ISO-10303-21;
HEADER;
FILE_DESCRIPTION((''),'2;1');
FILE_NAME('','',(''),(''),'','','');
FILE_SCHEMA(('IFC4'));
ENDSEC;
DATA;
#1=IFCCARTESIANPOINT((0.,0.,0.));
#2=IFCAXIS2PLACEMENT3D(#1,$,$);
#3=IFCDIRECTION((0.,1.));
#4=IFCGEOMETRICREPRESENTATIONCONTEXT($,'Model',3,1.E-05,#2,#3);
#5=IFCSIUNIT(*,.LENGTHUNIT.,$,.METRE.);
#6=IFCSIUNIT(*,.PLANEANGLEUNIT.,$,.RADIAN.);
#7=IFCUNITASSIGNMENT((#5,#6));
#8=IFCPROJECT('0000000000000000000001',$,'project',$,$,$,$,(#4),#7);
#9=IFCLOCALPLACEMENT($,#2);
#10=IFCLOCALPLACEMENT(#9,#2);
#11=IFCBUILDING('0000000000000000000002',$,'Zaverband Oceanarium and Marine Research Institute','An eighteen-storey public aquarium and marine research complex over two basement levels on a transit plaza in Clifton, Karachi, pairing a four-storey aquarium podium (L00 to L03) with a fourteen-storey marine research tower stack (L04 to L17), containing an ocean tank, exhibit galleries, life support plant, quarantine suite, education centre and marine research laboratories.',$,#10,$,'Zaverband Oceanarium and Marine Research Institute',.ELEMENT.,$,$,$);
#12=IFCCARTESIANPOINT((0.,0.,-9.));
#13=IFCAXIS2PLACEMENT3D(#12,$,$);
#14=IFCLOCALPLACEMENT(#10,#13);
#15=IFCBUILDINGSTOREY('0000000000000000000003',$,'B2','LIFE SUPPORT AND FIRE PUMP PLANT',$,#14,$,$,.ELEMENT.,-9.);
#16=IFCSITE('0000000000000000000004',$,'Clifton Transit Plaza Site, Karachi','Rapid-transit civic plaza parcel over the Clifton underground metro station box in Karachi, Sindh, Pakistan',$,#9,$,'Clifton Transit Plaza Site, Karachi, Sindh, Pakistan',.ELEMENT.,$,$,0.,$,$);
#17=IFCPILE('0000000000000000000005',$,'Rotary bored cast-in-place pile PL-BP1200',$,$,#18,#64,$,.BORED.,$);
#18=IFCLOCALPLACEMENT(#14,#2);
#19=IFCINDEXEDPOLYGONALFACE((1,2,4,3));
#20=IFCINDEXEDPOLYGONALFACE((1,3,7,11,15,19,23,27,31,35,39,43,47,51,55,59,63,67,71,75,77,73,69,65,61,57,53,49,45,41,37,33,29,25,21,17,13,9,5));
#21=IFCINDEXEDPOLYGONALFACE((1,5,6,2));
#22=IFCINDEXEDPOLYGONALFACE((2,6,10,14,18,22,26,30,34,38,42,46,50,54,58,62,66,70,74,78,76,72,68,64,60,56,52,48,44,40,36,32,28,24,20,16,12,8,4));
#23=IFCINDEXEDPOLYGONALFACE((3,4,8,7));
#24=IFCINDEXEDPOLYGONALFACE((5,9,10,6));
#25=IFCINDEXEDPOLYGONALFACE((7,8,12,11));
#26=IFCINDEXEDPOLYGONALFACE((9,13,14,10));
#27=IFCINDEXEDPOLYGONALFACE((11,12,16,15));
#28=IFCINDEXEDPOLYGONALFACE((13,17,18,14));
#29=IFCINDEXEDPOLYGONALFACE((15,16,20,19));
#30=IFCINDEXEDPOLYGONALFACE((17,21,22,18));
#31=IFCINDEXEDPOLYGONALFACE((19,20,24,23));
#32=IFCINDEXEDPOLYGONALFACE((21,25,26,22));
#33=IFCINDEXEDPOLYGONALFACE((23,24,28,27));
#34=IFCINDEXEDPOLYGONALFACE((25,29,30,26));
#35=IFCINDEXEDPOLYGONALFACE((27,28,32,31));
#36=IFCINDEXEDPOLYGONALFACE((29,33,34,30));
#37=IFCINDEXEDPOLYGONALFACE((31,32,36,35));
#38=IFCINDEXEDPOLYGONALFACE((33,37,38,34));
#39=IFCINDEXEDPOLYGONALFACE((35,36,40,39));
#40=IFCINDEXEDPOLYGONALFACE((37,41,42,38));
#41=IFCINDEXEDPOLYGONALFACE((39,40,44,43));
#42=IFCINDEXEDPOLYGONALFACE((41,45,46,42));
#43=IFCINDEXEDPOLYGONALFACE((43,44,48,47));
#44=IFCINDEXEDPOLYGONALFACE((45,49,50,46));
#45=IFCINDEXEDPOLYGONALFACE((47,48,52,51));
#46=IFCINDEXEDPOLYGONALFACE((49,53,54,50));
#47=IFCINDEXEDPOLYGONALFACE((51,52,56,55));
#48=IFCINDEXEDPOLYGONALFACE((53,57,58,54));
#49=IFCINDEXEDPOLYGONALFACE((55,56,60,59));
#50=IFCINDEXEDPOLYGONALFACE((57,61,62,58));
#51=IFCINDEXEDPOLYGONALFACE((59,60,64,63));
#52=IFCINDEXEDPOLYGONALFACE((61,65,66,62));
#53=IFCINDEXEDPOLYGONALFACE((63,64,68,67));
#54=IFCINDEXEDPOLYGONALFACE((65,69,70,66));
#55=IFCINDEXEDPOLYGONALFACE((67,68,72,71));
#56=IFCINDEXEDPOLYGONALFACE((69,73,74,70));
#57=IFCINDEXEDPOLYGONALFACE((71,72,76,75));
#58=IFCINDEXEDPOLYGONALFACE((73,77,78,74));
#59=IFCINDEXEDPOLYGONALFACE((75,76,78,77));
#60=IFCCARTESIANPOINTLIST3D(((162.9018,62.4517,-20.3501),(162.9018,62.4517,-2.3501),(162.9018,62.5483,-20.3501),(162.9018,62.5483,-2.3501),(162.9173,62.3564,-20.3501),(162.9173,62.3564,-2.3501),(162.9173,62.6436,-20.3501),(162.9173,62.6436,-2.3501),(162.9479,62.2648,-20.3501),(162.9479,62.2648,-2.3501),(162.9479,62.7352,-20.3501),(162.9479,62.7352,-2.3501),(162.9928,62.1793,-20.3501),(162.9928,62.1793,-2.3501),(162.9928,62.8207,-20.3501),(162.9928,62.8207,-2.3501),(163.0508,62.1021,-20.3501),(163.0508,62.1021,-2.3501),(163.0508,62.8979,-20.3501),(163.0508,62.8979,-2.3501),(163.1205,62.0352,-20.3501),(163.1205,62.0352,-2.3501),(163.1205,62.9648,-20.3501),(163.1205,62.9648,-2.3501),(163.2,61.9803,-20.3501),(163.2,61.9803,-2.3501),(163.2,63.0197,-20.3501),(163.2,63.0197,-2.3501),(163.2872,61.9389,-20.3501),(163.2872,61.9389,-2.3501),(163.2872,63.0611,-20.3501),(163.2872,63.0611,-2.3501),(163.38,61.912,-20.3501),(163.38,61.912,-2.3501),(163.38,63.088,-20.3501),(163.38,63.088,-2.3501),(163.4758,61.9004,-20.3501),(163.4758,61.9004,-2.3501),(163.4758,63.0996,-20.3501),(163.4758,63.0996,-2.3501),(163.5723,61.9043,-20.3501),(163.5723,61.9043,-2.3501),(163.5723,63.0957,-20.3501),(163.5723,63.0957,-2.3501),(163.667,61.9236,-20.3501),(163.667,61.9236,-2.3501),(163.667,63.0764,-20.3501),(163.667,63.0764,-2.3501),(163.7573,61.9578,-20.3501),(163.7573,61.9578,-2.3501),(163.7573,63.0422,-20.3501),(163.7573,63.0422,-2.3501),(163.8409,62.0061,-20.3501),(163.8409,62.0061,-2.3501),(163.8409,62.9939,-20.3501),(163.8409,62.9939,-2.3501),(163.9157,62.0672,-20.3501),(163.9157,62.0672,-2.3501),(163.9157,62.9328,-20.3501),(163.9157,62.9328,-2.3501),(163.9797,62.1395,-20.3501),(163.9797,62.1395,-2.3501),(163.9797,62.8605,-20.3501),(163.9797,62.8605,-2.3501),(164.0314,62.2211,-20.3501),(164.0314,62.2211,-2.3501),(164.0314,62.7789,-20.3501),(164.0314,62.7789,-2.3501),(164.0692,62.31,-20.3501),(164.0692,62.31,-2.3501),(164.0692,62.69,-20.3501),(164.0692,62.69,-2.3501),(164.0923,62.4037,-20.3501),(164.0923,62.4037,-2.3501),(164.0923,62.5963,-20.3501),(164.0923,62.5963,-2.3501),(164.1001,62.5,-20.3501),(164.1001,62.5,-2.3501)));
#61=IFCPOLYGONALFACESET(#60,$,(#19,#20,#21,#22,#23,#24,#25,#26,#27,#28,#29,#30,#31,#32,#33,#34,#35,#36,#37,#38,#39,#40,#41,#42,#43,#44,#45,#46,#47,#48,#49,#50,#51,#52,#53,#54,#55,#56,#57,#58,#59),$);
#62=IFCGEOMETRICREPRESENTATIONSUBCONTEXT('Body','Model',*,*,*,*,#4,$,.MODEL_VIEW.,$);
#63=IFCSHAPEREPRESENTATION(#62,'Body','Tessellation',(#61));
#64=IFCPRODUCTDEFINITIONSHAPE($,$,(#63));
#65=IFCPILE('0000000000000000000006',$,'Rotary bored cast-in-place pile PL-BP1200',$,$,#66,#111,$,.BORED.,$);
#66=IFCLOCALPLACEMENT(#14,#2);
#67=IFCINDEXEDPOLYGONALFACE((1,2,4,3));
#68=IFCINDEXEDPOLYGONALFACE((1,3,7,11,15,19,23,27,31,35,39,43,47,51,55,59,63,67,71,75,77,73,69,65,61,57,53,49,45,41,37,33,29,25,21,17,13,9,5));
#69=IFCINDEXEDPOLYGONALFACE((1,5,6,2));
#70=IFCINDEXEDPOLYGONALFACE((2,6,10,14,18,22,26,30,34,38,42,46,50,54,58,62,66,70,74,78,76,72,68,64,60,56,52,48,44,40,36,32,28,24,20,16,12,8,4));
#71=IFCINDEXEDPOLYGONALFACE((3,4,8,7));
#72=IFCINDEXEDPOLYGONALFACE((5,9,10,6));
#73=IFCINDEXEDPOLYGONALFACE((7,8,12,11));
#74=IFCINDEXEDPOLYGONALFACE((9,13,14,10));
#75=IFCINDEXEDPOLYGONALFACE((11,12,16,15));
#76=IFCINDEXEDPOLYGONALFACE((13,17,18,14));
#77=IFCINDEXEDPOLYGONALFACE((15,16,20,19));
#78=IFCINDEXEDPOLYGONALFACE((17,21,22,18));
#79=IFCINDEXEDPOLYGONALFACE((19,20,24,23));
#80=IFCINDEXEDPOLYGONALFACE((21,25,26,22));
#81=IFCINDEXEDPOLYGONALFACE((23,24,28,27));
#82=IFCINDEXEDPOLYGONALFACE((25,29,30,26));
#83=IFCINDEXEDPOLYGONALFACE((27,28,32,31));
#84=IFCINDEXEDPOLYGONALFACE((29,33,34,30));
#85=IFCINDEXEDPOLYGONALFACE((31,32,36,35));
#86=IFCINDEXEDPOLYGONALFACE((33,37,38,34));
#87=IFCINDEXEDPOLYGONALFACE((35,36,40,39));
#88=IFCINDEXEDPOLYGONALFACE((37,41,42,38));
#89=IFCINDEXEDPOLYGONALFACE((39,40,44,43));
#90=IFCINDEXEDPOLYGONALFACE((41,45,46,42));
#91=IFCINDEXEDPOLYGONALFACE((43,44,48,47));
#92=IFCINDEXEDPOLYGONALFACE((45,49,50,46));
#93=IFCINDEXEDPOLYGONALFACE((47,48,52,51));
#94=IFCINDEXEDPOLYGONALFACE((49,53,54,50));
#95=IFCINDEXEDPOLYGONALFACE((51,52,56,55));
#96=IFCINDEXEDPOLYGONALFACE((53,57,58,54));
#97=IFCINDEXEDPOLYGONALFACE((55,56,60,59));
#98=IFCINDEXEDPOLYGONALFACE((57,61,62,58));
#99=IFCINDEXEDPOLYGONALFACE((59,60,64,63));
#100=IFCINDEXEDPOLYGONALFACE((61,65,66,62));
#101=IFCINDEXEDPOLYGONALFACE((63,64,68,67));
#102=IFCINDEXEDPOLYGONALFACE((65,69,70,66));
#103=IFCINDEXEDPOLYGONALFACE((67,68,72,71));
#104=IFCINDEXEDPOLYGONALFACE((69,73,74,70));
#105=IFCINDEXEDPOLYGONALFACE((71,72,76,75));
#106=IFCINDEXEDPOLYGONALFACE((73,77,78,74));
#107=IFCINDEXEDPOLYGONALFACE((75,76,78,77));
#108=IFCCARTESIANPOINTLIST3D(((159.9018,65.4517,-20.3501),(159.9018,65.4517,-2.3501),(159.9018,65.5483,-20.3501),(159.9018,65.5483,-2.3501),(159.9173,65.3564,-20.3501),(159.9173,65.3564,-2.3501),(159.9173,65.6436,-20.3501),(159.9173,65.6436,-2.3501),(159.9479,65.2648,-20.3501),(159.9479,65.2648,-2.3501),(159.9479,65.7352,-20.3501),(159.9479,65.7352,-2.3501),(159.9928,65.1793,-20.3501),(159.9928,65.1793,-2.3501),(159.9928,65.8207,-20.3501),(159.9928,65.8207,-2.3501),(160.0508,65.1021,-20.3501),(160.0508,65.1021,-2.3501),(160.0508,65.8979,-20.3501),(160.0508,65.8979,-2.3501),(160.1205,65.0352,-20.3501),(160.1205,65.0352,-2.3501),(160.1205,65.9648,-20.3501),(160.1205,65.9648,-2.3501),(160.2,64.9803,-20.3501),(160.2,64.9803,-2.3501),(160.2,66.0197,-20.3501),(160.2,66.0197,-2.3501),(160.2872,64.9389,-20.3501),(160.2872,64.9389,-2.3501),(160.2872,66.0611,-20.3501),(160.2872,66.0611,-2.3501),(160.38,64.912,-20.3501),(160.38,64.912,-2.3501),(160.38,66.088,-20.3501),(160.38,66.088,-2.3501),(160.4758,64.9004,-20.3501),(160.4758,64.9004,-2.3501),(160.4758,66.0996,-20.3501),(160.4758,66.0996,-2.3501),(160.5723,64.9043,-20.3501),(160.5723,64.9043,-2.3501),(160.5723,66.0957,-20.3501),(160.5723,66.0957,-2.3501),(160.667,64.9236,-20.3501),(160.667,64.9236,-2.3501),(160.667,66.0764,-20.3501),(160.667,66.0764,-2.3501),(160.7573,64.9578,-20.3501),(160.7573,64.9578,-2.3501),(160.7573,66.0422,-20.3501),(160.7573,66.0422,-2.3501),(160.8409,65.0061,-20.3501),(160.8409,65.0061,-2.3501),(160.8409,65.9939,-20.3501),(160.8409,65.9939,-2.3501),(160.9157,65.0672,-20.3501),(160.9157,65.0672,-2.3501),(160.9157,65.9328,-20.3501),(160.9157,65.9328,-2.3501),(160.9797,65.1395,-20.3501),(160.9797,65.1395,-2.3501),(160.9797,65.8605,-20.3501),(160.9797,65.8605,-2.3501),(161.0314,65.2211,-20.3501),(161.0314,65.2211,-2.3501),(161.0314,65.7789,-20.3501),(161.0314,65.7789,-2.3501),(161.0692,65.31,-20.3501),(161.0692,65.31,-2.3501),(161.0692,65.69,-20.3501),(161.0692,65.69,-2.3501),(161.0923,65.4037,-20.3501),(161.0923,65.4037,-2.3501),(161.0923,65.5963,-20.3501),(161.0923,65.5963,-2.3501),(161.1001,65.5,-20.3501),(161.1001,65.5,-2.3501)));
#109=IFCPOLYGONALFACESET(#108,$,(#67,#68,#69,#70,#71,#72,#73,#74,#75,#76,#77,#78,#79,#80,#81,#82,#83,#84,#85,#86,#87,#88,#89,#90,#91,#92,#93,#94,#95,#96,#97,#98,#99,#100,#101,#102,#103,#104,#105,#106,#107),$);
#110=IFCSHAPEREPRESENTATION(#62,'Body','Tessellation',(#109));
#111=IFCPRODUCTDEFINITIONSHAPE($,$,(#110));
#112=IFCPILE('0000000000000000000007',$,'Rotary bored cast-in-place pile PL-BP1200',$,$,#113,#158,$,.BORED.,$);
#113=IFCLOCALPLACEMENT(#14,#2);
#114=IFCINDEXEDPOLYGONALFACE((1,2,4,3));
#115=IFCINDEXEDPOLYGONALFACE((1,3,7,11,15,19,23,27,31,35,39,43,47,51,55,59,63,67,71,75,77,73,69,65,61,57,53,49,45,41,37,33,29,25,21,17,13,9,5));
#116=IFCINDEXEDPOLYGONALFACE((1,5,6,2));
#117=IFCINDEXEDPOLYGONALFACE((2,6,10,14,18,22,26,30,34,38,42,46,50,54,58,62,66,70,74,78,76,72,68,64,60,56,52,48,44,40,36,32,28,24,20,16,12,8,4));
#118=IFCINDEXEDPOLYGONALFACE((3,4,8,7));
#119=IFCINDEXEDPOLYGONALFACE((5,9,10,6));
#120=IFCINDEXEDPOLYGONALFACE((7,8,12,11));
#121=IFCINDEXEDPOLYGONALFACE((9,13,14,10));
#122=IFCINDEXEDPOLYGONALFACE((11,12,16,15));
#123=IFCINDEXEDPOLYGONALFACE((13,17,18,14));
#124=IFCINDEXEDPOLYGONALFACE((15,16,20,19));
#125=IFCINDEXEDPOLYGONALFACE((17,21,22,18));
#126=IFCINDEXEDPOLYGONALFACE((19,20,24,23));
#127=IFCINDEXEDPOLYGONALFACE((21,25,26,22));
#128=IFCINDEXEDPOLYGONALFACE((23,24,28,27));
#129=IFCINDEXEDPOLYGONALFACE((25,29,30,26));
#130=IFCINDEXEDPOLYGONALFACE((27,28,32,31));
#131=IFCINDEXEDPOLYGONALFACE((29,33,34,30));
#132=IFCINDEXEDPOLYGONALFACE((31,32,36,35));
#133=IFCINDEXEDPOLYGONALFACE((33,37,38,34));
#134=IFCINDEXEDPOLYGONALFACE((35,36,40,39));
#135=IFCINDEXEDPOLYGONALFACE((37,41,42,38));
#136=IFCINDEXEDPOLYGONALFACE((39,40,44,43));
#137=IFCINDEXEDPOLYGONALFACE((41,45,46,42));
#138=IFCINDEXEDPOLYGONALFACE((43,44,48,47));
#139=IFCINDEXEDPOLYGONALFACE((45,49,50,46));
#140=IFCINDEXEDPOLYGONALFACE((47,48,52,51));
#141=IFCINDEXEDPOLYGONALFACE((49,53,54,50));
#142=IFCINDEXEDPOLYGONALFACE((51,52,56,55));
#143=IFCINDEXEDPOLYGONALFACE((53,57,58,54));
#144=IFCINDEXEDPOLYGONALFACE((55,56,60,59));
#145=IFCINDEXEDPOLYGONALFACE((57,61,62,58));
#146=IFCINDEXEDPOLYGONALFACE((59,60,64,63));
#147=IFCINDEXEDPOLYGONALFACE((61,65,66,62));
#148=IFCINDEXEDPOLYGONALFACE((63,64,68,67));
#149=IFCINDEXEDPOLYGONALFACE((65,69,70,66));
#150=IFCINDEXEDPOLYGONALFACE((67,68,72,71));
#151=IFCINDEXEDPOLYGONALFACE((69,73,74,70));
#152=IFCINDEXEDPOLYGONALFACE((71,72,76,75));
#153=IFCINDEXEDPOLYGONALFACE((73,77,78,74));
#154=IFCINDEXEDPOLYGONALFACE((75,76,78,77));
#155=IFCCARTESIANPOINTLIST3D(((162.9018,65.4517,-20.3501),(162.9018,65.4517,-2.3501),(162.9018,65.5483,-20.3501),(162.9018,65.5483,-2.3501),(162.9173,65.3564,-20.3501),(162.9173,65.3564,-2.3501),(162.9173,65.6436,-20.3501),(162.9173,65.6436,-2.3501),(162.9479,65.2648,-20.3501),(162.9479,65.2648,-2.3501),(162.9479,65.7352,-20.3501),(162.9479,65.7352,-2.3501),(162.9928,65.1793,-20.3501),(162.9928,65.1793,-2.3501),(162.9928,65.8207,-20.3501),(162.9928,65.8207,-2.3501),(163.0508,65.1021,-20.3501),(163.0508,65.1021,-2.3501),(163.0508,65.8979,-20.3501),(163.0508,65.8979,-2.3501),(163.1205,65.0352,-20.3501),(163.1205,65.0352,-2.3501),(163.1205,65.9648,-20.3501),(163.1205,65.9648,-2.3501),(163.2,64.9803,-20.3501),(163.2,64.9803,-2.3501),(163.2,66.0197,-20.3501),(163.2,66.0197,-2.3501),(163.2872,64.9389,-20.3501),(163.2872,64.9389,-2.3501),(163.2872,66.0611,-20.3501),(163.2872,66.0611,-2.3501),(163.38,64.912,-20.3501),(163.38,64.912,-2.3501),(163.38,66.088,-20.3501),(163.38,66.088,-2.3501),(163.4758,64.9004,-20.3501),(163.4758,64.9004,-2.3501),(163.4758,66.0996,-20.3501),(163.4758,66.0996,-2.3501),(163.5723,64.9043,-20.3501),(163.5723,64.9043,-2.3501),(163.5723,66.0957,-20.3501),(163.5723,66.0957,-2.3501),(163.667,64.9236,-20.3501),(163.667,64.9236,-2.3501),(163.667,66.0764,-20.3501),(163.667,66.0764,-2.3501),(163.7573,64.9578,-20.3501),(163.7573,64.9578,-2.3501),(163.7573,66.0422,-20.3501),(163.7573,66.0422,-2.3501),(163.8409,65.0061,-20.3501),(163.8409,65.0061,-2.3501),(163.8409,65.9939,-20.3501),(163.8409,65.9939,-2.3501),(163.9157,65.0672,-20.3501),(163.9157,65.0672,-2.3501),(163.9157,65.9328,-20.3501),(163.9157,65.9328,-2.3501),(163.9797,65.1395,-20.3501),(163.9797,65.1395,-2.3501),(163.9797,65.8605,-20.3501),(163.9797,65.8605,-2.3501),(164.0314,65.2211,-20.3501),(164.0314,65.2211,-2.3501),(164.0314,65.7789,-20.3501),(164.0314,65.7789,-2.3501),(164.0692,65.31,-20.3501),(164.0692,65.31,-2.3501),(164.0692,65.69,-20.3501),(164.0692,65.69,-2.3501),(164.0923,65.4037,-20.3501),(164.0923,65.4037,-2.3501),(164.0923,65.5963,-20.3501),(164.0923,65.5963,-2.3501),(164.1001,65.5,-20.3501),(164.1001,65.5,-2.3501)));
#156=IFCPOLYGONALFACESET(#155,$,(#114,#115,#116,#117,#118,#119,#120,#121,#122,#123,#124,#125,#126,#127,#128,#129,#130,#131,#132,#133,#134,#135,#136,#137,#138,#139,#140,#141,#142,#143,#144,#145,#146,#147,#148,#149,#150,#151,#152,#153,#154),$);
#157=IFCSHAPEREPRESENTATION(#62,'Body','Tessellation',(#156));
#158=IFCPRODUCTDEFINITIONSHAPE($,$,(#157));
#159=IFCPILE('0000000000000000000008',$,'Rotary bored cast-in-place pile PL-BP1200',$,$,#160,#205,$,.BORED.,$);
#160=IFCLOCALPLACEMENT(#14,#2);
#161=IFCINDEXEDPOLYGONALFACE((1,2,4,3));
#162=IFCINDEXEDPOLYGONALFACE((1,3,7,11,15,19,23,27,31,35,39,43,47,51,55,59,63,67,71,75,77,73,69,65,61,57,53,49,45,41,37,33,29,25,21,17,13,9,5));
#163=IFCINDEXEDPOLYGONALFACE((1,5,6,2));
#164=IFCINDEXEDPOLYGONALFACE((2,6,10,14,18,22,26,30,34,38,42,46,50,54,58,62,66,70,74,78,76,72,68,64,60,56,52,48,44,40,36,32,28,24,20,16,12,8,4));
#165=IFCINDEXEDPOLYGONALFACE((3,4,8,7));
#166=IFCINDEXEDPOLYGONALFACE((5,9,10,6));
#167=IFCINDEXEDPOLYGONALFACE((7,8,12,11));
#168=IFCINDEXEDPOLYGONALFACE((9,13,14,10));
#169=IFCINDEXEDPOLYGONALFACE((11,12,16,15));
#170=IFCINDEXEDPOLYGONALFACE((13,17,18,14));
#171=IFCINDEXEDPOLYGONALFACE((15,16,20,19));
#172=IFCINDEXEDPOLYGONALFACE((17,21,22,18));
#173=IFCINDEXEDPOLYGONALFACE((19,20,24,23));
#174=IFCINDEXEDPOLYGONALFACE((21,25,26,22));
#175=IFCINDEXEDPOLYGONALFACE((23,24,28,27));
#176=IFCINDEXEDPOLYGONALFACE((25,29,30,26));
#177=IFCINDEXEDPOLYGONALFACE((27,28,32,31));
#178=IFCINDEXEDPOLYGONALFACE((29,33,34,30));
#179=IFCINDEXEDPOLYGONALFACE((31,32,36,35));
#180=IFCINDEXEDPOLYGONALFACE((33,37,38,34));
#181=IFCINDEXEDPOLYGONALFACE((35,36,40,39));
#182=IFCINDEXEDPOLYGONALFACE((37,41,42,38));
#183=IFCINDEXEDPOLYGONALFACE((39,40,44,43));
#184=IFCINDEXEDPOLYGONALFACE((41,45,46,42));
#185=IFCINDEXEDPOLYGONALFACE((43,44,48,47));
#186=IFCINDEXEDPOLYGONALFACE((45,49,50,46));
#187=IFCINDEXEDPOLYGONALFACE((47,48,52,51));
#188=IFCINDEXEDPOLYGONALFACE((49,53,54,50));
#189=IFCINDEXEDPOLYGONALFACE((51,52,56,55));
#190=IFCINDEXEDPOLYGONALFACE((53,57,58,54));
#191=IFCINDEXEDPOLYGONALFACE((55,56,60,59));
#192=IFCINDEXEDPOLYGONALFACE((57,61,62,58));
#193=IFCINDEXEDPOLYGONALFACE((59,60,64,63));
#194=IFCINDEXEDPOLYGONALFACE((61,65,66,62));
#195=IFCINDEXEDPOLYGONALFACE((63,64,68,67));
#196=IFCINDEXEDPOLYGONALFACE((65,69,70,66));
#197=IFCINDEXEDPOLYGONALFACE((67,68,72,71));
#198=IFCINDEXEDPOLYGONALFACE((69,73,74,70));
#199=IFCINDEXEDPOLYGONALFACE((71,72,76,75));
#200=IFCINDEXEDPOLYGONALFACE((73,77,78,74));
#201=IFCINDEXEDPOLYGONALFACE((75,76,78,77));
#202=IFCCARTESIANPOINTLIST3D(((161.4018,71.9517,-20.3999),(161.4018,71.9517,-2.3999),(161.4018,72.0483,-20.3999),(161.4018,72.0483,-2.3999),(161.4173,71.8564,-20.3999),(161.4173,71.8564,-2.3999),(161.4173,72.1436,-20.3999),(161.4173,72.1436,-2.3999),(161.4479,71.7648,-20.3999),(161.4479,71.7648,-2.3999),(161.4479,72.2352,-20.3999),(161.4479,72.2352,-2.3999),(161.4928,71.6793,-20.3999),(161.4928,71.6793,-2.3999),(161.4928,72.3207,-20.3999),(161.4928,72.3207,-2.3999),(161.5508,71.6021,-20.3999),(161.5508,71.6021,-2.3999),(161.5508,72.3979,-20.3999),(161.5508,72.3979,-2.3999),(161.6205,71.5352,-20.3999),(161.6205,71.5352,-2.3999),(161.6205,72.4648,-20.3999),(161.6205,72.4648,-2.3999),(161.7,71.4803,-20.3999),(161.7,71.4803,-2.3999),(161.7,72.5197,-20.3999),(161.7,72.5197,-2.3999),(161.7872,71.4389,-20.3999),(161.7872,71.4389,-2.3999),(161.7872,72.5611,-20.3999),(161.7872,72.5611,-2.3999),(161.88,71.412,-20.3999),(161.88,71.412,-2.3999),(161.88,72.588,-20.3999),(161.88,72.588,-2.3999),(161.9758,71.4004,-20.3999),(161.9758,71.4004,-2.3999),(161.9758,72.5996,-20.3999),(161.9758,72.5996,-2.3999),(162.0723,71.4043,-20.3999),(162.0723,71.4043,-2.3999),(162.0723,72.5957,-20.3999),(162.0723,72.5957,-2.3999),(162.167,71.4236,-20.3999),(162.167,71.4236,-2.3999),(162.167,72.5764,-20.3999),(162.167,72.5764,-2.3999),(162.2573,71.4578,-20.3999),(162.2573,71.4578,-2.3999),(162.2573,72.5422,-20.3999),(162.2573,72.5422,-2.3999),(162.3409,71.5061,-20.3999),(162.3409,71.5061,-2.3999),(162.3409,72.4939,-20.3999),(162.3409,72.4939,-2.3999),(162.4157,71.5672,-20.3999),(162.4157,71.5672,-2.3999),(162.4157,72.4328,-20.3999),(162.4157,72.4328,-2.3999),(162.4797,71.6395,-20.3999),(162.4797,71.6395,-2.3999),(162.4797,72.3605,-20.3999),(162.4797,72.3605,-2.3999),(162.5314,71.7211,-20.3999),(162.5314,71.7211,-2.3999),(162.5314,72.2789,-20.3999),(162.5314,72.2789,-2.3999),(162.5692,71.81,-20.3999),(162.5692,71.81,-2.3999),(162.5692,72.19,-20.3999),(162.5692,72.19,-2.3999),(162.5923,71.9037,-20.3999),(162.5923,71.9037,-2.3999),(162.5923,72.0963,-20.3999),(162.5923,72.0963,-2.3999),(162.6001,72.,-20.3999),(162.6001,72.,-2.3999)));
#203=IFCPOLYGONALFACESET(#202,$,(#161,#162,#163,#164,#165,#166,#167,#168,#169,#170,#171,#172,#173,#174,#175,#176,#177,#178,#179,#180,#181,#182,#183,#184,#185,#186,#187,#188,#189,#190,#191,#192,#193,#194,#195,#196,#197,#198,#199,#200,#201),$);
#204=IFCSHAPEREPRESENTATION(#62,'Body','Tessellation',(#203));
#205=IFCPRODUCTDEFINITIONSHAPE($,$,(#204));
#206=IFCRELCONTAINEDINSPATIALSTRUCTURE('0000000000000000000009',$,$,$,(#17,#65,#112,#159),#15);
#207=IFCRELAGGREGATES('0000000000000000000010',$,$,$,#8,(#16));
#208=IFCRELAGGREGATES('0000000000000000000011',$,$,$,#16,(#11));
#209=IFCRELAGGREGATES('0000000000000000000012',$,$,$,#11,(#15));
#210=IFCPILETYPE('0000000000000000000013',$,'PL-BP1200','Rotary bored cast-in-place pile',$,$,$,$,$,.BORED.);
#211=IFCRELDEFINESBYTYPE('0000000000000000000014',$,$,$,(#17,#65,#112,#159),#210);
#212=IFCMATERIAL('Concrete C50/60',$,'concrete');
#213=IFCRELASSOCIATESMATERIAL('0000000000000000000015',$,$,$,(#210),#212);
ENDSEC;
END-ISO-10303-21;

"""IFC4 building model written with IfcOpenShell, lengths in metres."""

from ifc_helpers import new_model, si_unit, direction, frame, origin, origin_2d, place, context, subcontext, project, spatial, circle, extrude, material, material_profile, profile_set, type_object, element, save


model = new_model("IFC4")

# Units and contexts
model_context = context("Model", 3, precision=1e-05, world=origin(), true_north=direction((0.0, 1.0)))
body_context = subcontext(model_context, "Body", "Model", "MODEL_VIEW")
ifc_project = project(units=[si_unit("LENGTHUNIT", "METRE"), si_unit("PLANEANGLEUNIT", "RADIAN")], contexts=[model_context])

# Site, building, storey
site_placement = place(None, origin())
site = spatial("IfcSite", under=ifc_project, at=site_placement, Name="Clifton Transit Plaza Site, Karachi", Description="Rapid-transit civic plaza parcel over the Clifton underground metro station box in Karachi, Sindh, Pakistan", LongName="Clifton Transit Plaza Site, Karachi, Sindh, Pakistan", CompositionType="ELEMENT", RefElevation=0.0)
building_placement = place(site_placement, origin())
building = spatial("IfcBuilding", under=site, at=building_placement, Name="Zaverband Oceanarium and Marine Research Institute", Description="An eighteen-storey public aquarium and marine research complex over two basement levels on a transit plaza in Clifton, Karachi, pairing a four-storey aquarium podium (L00 to L03) with a fourteen-storey marine research tower stack (L04 to L17), containing an ocean tank, exhibit galleries, life support plant, quarantine suite, education centre and marine research laboratories.", LongName="Zaverband Oceanarium and Marine Research Institute", CompositionType="ELEMENT")
storey_placement = place(building_placement, frame((0.0, 0.0, -9.0)))
storey = spatial("IfcBuildingStorey", under=building, at=storey_placement, Name="B2", Description="LIFE SUPPORT AND FIRE PUMP PLANT", CompositionType="ELEMENT", Elevation=-9.0)

# Shared definitions
ifc_material_1 = material(Name="Concrete C50/60", Category="concrete")

# Piles
ifc_material_profile_1 = material_profile(ifc_material_1, circle(Radius=0.6001, at=origin_2d()), Name="BP1200")
ifc_profile_set_1 = profile_set([ifc_material_profile_1], Name="Concrete C50/60")
pile_type = type_object("IfcPileType", Name="PL-BP1200", Description="Rotary bored cast-in-place pile", PredefinedType="BORED", material=ifc_profile_set_1)
for number, where, z_axis, x_axis, name in (
    (1, (163.5, 62.5, -2.3501), (0.0, 0.0, -1.0), (1.0, 0.0, 0.0), "Rotary bored cast-in-place pile PL-BP1200"),
    (2, (160.5, 65.5, -2.3501), (0.0, 0.0, -1.0), (1.0, 0.0, 0.0), "Rotary bored cast-in-place pile PL-BP1200"),
    (3, (163.5, 65.5, -2.3501), (0.0, 0.0, -1.0), (1.0, 0.0, 0.0), "Rotary bored cast-in-place pile PL-BP1200"),
    (4, (162.0, 72.0, -2.3999), (0.0, 0.0, -1.0), (1.0, 0.0, 0.0), "Rotary bored cast-in-place pile PL-BP1200"),
):
    element("IfcPile", number, at=place(storey_placement, frame(where, z_axis=z_axis, x_axis=x_axis)), inside=storey, type_object=pile_type, Name=name, PredefinedType="BORED", context=body_context, shape_type="SweptSolid", body=[
        extrude(circle(Radius=0.6001, at=origin_2d()), origin(), (0.0, 0.0, 1.0), 18.0),
    ])

save(model, "model.ifc")
